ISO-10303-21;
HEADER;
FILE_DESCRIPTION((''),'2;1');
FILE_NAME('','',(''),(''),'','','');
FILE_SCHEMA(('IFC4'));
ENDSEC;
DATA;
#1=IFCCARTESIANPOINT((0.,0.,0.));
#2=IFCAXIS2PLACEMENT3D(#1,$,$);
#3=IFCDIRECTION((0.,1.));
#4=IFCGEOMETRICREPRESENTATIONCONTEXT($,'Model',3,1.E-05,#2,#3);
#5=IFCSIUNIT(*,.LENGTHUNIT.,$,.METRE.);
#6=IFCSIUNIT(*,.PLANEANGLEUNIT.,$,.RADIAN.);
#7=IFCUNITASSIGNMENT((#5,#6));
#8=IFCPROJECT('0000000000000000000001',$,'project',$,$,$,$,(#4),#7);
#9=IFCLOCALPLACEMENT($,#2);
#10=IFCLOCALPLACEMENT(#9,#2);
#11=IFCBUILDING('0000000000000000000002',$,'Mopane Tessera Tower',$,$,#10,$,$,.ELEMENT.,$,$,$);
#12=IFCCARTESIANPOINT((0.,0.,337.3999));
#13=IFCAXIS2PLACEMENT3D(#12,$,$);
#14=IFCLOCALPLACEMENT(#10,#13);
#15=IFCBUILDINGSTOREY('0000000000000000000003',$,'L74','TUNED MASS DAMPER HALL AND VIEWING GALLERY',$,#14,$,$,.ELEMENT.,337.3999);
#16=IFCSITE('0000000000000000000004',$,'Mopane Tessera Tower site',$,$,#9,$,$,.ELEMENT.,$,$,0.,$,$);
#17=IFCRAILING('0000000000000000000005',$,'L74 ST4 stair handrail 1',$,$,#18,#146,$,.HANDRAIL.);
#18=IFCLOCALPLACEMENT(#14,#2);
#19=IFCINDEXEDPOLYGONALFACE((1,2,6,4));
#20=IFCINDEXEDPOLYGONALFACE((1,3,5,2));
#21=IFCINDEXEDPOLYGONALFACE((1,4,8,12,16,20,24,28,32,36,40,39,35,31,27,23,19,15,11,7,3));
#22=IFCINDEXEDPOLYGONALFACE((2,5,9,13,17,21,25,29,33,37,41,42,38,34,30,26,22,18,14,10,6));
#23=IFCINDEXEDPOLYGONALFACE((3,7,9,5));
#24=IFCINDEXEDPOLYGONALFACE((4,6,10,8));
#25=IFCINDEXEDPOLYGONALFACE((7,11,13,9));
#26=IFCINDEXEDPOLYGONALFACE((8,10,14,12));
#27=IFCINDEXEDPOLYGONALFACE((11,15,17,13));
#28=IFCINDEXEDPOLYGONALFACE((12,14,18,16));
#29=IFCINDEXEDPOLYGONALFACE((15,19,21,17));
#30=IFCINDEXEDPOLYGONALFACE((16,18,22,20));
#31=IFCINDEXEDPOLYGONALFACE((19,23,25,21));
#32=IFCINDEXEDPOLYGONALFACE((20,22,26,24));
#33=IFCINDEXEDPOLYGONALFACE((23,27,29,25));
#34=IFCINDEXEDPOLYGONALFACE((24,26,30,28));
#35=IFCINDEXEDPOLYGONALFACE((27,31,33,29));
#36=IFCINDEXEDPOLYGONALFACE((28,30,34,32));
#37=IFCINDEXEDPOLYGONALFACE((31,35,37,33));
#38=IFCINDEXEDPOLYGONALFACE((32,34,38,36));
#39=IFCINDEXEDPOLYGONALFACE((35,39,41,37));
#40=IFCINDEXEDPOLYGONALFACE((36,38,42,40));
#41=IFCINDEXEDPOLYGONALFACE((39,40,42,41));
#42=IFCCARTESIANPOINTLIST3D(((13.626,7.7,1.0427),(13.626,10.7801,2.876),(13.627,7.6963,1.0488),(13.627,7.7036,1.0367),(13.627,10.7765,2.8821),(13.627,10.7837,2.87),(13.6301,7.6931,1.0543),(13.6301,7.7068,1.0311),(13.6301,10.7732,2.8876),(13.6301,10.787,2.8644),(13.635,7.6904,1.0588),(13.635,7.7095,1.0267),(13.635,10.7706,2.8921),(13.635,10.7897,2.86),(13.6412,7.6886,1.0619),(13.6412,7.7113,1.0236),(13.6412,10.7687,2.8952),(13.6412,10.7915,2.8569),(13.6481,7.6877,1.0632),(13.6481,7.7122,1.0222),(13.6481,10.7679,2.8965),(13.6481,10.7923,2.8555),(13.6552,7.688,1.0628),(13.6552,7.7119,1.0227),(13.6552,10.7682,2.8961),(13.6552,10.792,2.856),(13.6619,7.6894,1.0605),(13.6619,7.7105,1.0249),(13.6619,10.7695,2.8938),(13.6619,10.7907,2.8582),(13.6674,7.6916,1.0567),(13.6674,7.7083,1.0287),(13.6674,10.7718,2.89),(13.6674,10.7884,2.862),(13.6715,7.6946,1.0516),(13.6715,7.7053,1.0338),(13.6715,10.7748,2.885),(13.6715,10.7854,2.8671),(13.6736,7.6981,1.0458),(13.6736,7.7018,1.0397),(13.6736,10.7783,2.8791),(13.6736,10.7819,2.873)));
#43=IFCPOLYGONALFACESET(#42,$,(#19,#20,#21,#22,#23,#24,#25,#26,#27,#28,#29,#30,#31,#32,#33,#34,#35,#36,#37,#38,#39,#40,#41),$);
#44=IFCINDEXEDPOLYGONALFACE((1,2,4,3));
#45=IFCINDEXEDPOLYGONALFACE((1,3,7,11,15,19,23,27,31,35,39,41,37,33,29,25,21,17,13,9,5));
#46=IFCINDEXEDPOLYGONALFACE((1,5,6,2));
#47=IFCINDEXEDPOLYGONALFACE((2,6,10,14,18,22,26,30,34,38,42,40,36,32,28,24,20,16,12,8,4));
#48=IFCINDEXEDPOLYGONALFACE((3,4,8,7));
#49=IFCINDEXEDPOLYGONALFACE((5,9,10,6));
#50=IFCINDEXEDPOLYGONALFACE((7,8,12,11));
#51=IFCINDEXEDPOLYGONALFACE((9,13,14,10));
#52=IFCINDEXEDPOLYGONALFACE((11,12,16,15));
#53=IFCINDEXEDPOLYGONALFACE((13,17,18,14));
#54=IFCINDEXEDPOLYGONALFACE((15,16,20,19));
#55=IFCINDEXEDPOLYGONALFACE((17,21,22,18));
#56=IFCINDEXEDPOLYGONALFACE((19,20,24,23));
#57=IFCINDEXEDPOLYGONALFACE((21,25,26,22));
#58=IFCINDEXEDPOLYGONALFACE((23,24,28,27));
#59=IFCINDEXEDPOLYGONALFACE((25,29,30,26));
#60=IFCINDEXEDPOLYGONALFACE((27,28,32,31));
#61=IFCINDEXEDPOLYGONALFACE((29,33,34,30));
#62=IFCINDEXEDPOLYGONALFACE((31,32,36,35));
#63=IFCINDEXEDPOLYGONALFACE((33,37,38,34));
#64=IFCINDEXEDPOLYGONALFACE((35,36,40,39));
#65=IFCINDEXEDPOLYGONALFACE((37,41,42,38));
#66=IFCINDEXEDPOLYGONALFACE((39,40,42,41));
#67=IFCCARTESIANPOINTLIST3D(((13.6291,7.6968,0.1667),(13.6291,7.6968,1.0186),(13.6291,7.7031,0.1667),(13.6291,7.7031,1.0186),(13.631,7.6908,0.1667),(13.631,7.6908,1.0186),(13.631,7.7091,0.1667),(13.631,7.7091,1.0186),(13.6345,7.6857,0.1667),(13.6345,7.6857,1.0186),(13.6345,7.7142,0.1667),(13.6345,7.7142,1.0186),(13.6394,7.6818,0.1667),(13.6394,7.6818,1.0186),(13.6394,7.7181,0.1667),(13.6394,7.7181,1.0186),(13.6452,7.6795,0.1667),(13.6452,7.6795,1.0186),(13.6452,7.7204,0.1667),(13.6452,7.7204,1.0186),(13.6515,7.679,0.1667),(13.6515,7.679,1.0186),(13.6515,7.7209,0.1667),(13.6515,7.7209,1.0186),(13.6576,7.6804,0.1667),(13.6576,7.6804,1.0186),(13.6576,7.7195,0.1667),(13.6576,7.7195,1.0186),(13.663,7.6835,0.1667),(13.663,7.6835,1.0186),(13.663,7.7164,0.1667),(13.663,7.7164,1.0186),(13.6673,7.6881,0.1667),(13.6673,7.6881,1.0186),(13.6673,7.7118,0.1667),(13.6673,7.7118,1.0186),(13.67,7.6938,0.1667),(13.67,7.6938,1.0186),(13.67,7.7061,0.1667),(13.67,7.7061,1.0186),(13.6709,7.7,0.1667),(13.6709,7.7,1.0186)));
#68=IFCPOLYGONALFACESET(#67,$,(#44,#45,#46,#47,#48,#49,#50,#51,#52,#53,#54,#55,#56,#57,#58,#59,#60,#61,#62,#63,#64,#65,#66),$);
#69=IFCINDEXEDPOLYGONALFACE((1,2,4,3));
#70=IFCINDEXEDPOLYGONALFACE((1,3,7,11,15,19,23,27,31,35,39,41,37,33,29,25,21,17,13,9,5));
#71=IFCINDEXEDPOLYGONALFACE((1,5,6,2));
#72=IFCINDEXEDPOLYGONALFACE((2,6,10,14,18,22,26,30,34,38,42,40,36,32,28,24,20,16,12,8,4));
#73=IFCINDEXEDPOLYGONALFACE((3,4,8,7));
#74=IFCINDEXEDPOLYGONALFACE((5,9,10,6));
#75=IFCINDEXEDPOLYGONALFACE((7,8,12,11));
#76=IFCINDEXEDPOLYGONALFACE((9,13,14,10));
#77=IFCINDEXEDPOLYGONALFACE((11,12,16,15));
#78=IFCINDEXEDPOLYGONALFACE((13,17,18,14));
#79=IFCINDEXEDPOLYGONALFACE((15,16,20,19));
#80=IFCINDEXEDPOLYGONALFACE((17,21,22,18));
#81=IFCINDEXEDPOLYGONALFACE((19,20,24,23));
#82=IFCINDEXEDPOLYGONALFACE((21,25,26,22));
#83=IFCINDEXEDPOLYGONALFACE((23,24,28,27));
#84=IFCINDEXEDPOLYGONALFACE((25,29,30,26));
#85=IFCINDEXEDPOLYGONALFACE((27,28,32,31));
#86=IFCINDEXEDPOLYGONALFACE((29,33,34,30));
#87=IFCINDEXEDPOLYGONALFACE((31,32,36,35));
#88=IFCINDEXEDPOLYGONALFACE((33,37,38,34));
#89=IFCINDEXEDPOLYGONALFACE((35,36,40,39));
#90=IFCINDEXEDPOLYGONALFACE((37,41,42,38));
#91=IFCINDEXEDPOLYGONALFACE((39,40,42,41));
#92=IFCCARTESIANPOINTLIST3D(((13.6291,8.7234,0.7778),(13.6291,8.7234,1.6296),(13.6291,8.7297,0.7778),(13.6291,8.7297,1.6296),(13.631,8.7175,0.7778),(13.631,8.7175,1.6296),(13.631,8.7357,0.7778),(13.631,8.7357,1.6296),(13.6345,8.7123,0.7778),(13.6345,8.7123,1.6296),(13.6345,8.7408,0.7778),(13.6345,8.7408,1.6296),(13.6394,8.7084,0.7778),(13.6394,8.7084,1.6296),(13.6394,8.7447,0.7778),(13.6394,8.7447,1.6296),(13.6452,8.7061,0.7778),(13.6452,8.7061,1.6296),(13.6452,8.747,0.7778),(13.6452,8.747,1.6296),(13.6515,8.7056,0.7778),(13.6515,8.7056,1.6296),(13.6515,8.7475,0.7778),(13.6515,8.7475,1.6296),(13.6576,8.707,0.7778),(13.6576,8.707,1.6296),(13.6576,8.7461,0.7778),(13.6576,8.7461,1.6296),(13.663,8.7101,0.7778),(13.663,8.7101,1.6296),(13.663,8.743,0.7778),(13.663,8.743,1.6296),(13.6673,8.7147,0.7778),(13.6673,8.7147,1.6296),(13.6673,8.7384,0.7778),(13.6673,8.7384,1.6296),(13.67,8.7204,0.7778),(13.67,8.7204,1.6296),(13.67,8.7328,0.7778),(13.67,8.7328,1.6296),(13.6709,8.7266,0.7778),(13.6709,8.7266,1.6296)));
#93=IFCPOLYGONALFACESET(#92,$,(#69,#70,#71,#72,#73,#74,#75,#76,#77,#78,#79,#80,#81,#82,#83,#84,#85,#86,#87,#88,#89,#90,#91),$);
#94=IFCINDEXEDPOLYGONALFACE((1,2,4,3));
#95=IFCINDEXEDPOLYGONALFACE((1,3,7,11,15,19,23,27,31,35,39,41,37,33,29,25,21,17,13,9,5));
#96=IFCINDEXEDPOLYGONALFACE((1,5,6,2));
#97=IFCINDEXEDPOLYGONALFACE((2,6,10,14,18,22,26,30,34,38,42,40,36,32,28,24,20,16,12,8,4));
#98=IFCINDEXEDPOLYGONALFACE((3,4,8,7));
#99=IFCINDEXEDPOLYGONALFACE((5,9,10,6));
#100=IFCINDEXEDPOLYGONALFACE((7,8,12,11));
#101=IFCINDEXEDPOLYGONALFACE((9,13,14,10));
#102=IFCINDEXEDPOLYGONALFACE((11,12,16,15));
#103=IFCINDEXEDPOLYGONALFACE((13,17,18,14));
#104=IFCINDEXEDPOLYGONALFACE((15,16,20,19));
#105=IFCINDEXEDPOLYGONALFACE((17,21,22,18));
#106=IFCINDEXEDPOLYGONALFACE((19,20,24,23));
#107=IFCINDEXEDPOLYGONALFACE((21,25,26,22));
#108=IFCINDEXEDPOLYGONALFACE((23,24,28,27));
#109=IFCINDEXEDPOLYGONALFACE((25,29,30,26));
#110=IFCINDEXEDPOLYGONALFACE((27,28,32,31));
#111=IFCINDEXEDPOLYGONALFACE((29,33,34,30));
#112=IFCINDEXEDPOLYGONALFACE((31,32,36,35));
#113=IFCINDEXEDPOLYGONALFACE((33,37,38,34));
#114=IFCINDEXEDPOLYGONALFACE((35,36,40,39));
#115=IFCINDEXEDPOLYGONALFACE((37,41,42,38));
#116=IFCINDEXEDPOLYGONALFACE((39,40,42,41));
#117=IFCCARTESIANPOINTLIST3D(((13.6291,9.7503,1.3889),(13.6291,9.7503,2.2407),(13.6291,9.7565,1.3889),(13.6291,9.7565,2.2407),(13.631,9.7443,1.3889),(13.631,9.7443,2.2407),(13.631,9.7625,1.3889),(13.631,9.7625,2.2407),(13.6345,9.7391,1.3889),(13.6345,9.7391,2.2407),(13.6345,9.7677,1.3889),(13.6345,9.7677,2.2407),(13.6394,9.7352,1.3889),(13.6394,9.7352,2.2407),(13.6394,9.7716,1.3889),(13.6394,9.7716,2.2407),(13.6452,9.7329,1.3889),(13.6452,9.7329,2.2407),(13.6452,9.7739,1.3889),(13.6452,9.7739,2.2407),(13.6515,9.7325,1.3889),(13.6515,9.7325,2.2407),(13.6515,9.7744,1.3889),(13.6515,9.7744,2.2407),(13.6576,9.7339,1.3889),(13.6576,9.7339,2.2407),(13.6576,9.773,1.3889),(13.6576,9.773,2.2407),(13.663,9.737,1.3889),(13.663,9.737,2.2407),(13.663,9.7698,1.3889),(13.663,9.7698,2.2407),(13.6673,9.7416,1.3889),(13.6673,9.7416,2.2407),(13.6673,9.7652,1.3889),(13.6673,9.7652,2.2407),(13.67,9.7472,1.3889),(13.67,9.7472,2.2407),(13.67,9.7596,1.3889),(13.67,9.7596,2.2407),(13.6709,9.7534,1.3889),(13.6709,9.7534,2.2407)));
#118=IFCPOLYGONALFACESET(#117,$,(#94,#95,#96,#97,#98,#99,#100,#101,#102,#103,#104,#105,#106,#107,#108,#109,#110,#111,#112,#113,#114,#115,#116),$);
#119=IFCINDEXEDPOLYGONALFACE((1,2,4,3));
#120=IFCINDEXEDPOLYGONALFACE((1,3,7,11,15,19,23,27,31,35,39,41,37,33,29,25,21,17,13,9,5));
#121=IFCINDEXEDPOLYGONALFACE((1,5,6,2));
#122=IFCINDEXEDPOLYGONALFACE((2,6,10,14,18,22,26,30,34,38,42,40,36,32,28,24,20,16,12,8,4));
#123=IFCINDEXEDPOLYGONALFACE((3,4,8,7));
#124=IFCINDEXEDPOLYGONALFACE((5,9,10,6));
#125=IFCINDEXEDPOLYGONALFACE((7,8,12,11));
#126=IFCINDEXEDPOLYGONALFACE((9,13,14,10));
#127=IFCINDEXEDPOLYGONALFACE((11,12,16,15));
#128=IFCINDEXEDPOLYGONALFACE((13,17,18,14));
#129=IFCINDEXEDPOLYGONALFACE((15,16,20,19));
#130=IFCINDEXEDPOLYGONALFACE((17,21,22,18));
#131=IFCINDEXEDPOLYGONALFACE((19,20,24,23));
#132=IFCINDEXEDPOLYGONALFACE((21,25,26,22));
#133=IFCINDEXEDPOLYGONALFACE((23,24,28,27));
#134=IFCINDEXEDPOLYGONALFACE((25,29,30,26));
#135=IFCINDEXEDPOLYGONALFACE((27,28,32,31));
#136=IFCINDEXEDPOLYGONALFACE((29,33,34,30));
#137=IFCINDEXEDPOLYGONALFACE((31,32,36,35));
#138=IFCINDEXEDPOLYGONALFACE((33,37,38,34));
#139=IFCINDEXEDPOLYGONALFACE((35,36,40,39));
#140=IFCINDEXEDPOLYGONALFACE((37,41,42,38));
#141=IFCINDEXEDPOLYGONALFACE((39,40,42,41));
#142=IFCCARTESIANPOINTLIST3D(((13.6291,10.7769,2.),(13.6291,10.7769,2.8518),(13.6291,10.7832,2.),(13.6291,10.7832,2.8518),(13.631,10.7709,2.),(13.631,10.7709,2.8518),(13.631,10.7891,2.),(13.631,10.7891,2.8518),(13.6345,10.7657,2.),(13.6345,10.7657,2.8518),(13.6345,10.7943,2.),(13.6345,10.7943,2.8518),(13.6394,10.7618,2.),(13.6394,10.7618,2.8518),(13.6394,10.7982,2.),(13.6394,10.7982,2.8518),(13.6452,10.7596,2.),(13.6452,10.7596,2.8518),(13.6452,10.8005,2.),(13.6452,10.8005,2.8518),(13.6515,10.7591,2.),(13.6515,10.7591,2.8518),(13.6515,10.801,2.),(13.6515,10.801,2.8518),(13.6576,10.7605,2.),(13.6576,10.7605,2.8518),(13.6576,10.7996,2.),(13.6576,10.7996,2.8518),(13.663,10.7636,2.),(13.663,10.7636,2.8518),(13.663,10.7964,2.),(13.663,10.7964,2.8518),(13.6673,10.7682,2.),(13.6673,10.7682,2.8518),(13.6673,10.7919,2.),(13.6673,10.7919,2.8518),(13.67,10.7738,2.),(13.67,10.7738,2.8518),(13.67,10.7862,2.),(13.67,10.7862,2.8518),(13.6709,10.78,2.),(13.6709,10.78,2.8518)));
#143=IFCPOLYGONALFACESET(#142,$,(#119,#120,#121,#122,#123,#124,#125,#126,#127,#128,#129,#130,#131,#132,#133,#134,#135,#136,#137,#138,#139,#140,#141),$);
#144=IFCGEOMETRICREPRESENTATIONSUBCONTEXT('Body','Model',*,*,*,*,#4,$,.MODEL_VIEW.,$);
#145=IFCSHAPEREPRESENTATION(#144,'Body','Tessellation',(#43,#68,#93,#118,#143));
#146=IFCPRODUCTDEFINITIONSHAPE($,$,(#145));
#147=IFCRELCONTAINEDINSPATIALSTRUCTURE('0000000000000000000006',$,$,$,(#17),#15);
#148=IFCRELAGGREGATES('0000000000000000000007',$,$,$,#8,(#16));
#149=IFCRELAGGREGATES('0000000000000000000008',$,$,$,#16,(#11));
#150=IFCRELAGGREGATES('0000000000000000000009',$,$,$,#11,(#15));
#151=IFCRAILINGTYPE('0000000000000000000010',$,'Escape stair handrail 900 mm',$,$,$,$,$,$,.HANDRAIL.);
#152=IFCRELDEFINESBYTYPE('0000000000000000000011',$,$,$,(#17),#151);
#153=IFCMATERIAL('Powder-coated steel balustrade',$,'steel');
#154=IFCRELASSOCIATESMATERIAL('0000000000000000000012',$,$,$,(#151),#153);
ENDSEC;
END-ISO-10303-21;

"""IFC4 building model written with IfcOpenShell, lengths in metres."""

from ifc_helpers import new_model, si_unit, direction, frame, origin, origin_2d, place, context, subcontext, project, spatial, circle, extrude, material, type_object, element, save


model = new_model("IFC4")

# Units and contexts
model_context = context("Model", 3, precision=1e-05, world=origin(), true_north=direction((0.0, 1.0)))
body_context = subcontext(model_context, "Body", "Model", "MODEL_VIEW")
ifc_project = project(units=[si_unit("LENGTHUNIT", "METRE"), si_unit("PLANEANGLEUNIT", "RADIAN")], contexts=[model_context])

# Site, building, storey
site_placement = place(None, origin())
site = spatial("IfcSite", under=ifc_project, at=site_placement, Name="Mopane Tessera Tower site", CompositionType="ELEMENT", RefElevation=0.0)
building_placement = place(site_placement, origin())
building = spatial("IfcBuilding", under=site, at=building_placement, Name="Mopane Tessera Tower", CompositionType="ELEMENT")
storey_placement = place(building_placement, frame((0.0, 0.0, 337.3999)))
storey = spatial("IfcBuildingStorey", under=building, at=storey_placement, Name="L74", Description="TUNED MASS DAMPER HALL AND VIEWING GALLERY", CompositionType="ELEMENT", Elevation=337.3999)

# Railing
ifc_material_1 = material(Name="Powder-coated steel balustrade", Category="steel")
railing_type_1 = type_object("IfcRailingType", Name="Escape stair handrail 900 mm", PredefinedType="HANDRAIL", material=ifc_material_1)
for number, where, name in (
    (1, (13.6499, 7.7, 0.1667), "L74 ST4 stair handrail 1"),
):
    element("IfcRailing", number, at=place(storey_placement, frame(where)), inside=storey, type_object=railing_type_1, Name=name, PredefinedType="HANDRAIL", context=body_context, shape_type="SweptSolid", body=[
        extrude(circle(Radius=0.0239, at=origin_2d()), frame((0.0, 0.0, 0.876), z_axis=(0.0, 0.859309, 0.511458), x_axis=(-1.0, 0.0, 0.0)), (0.0, 0.0, 1.0), 3.5845),
        extrude(circle(Radius=0.021, at=origin_2d()), origin(), (0.0, 0.0, 1.0), 0.8518),
        extrude(circle(Radius=0.021, at=origin_2d()), frame((0.0, 1.0266, 0.6111)), (0.0, 0.0, 1.0), 0.8518),
        extrude(circle(Radius=0.021, at=origin_2d()), frame((0.0, 2.0535, 1.2222)), (0.0, 0.0, 1.0), 0.8518),
        extrude(circle(Radius=0.021, at=origin_2d()), frame((0.0, 3.0801, 1.8333)), (0.0, 0.0, 1.0), 0.8518),
    ])

save(model, "model.ifc")
